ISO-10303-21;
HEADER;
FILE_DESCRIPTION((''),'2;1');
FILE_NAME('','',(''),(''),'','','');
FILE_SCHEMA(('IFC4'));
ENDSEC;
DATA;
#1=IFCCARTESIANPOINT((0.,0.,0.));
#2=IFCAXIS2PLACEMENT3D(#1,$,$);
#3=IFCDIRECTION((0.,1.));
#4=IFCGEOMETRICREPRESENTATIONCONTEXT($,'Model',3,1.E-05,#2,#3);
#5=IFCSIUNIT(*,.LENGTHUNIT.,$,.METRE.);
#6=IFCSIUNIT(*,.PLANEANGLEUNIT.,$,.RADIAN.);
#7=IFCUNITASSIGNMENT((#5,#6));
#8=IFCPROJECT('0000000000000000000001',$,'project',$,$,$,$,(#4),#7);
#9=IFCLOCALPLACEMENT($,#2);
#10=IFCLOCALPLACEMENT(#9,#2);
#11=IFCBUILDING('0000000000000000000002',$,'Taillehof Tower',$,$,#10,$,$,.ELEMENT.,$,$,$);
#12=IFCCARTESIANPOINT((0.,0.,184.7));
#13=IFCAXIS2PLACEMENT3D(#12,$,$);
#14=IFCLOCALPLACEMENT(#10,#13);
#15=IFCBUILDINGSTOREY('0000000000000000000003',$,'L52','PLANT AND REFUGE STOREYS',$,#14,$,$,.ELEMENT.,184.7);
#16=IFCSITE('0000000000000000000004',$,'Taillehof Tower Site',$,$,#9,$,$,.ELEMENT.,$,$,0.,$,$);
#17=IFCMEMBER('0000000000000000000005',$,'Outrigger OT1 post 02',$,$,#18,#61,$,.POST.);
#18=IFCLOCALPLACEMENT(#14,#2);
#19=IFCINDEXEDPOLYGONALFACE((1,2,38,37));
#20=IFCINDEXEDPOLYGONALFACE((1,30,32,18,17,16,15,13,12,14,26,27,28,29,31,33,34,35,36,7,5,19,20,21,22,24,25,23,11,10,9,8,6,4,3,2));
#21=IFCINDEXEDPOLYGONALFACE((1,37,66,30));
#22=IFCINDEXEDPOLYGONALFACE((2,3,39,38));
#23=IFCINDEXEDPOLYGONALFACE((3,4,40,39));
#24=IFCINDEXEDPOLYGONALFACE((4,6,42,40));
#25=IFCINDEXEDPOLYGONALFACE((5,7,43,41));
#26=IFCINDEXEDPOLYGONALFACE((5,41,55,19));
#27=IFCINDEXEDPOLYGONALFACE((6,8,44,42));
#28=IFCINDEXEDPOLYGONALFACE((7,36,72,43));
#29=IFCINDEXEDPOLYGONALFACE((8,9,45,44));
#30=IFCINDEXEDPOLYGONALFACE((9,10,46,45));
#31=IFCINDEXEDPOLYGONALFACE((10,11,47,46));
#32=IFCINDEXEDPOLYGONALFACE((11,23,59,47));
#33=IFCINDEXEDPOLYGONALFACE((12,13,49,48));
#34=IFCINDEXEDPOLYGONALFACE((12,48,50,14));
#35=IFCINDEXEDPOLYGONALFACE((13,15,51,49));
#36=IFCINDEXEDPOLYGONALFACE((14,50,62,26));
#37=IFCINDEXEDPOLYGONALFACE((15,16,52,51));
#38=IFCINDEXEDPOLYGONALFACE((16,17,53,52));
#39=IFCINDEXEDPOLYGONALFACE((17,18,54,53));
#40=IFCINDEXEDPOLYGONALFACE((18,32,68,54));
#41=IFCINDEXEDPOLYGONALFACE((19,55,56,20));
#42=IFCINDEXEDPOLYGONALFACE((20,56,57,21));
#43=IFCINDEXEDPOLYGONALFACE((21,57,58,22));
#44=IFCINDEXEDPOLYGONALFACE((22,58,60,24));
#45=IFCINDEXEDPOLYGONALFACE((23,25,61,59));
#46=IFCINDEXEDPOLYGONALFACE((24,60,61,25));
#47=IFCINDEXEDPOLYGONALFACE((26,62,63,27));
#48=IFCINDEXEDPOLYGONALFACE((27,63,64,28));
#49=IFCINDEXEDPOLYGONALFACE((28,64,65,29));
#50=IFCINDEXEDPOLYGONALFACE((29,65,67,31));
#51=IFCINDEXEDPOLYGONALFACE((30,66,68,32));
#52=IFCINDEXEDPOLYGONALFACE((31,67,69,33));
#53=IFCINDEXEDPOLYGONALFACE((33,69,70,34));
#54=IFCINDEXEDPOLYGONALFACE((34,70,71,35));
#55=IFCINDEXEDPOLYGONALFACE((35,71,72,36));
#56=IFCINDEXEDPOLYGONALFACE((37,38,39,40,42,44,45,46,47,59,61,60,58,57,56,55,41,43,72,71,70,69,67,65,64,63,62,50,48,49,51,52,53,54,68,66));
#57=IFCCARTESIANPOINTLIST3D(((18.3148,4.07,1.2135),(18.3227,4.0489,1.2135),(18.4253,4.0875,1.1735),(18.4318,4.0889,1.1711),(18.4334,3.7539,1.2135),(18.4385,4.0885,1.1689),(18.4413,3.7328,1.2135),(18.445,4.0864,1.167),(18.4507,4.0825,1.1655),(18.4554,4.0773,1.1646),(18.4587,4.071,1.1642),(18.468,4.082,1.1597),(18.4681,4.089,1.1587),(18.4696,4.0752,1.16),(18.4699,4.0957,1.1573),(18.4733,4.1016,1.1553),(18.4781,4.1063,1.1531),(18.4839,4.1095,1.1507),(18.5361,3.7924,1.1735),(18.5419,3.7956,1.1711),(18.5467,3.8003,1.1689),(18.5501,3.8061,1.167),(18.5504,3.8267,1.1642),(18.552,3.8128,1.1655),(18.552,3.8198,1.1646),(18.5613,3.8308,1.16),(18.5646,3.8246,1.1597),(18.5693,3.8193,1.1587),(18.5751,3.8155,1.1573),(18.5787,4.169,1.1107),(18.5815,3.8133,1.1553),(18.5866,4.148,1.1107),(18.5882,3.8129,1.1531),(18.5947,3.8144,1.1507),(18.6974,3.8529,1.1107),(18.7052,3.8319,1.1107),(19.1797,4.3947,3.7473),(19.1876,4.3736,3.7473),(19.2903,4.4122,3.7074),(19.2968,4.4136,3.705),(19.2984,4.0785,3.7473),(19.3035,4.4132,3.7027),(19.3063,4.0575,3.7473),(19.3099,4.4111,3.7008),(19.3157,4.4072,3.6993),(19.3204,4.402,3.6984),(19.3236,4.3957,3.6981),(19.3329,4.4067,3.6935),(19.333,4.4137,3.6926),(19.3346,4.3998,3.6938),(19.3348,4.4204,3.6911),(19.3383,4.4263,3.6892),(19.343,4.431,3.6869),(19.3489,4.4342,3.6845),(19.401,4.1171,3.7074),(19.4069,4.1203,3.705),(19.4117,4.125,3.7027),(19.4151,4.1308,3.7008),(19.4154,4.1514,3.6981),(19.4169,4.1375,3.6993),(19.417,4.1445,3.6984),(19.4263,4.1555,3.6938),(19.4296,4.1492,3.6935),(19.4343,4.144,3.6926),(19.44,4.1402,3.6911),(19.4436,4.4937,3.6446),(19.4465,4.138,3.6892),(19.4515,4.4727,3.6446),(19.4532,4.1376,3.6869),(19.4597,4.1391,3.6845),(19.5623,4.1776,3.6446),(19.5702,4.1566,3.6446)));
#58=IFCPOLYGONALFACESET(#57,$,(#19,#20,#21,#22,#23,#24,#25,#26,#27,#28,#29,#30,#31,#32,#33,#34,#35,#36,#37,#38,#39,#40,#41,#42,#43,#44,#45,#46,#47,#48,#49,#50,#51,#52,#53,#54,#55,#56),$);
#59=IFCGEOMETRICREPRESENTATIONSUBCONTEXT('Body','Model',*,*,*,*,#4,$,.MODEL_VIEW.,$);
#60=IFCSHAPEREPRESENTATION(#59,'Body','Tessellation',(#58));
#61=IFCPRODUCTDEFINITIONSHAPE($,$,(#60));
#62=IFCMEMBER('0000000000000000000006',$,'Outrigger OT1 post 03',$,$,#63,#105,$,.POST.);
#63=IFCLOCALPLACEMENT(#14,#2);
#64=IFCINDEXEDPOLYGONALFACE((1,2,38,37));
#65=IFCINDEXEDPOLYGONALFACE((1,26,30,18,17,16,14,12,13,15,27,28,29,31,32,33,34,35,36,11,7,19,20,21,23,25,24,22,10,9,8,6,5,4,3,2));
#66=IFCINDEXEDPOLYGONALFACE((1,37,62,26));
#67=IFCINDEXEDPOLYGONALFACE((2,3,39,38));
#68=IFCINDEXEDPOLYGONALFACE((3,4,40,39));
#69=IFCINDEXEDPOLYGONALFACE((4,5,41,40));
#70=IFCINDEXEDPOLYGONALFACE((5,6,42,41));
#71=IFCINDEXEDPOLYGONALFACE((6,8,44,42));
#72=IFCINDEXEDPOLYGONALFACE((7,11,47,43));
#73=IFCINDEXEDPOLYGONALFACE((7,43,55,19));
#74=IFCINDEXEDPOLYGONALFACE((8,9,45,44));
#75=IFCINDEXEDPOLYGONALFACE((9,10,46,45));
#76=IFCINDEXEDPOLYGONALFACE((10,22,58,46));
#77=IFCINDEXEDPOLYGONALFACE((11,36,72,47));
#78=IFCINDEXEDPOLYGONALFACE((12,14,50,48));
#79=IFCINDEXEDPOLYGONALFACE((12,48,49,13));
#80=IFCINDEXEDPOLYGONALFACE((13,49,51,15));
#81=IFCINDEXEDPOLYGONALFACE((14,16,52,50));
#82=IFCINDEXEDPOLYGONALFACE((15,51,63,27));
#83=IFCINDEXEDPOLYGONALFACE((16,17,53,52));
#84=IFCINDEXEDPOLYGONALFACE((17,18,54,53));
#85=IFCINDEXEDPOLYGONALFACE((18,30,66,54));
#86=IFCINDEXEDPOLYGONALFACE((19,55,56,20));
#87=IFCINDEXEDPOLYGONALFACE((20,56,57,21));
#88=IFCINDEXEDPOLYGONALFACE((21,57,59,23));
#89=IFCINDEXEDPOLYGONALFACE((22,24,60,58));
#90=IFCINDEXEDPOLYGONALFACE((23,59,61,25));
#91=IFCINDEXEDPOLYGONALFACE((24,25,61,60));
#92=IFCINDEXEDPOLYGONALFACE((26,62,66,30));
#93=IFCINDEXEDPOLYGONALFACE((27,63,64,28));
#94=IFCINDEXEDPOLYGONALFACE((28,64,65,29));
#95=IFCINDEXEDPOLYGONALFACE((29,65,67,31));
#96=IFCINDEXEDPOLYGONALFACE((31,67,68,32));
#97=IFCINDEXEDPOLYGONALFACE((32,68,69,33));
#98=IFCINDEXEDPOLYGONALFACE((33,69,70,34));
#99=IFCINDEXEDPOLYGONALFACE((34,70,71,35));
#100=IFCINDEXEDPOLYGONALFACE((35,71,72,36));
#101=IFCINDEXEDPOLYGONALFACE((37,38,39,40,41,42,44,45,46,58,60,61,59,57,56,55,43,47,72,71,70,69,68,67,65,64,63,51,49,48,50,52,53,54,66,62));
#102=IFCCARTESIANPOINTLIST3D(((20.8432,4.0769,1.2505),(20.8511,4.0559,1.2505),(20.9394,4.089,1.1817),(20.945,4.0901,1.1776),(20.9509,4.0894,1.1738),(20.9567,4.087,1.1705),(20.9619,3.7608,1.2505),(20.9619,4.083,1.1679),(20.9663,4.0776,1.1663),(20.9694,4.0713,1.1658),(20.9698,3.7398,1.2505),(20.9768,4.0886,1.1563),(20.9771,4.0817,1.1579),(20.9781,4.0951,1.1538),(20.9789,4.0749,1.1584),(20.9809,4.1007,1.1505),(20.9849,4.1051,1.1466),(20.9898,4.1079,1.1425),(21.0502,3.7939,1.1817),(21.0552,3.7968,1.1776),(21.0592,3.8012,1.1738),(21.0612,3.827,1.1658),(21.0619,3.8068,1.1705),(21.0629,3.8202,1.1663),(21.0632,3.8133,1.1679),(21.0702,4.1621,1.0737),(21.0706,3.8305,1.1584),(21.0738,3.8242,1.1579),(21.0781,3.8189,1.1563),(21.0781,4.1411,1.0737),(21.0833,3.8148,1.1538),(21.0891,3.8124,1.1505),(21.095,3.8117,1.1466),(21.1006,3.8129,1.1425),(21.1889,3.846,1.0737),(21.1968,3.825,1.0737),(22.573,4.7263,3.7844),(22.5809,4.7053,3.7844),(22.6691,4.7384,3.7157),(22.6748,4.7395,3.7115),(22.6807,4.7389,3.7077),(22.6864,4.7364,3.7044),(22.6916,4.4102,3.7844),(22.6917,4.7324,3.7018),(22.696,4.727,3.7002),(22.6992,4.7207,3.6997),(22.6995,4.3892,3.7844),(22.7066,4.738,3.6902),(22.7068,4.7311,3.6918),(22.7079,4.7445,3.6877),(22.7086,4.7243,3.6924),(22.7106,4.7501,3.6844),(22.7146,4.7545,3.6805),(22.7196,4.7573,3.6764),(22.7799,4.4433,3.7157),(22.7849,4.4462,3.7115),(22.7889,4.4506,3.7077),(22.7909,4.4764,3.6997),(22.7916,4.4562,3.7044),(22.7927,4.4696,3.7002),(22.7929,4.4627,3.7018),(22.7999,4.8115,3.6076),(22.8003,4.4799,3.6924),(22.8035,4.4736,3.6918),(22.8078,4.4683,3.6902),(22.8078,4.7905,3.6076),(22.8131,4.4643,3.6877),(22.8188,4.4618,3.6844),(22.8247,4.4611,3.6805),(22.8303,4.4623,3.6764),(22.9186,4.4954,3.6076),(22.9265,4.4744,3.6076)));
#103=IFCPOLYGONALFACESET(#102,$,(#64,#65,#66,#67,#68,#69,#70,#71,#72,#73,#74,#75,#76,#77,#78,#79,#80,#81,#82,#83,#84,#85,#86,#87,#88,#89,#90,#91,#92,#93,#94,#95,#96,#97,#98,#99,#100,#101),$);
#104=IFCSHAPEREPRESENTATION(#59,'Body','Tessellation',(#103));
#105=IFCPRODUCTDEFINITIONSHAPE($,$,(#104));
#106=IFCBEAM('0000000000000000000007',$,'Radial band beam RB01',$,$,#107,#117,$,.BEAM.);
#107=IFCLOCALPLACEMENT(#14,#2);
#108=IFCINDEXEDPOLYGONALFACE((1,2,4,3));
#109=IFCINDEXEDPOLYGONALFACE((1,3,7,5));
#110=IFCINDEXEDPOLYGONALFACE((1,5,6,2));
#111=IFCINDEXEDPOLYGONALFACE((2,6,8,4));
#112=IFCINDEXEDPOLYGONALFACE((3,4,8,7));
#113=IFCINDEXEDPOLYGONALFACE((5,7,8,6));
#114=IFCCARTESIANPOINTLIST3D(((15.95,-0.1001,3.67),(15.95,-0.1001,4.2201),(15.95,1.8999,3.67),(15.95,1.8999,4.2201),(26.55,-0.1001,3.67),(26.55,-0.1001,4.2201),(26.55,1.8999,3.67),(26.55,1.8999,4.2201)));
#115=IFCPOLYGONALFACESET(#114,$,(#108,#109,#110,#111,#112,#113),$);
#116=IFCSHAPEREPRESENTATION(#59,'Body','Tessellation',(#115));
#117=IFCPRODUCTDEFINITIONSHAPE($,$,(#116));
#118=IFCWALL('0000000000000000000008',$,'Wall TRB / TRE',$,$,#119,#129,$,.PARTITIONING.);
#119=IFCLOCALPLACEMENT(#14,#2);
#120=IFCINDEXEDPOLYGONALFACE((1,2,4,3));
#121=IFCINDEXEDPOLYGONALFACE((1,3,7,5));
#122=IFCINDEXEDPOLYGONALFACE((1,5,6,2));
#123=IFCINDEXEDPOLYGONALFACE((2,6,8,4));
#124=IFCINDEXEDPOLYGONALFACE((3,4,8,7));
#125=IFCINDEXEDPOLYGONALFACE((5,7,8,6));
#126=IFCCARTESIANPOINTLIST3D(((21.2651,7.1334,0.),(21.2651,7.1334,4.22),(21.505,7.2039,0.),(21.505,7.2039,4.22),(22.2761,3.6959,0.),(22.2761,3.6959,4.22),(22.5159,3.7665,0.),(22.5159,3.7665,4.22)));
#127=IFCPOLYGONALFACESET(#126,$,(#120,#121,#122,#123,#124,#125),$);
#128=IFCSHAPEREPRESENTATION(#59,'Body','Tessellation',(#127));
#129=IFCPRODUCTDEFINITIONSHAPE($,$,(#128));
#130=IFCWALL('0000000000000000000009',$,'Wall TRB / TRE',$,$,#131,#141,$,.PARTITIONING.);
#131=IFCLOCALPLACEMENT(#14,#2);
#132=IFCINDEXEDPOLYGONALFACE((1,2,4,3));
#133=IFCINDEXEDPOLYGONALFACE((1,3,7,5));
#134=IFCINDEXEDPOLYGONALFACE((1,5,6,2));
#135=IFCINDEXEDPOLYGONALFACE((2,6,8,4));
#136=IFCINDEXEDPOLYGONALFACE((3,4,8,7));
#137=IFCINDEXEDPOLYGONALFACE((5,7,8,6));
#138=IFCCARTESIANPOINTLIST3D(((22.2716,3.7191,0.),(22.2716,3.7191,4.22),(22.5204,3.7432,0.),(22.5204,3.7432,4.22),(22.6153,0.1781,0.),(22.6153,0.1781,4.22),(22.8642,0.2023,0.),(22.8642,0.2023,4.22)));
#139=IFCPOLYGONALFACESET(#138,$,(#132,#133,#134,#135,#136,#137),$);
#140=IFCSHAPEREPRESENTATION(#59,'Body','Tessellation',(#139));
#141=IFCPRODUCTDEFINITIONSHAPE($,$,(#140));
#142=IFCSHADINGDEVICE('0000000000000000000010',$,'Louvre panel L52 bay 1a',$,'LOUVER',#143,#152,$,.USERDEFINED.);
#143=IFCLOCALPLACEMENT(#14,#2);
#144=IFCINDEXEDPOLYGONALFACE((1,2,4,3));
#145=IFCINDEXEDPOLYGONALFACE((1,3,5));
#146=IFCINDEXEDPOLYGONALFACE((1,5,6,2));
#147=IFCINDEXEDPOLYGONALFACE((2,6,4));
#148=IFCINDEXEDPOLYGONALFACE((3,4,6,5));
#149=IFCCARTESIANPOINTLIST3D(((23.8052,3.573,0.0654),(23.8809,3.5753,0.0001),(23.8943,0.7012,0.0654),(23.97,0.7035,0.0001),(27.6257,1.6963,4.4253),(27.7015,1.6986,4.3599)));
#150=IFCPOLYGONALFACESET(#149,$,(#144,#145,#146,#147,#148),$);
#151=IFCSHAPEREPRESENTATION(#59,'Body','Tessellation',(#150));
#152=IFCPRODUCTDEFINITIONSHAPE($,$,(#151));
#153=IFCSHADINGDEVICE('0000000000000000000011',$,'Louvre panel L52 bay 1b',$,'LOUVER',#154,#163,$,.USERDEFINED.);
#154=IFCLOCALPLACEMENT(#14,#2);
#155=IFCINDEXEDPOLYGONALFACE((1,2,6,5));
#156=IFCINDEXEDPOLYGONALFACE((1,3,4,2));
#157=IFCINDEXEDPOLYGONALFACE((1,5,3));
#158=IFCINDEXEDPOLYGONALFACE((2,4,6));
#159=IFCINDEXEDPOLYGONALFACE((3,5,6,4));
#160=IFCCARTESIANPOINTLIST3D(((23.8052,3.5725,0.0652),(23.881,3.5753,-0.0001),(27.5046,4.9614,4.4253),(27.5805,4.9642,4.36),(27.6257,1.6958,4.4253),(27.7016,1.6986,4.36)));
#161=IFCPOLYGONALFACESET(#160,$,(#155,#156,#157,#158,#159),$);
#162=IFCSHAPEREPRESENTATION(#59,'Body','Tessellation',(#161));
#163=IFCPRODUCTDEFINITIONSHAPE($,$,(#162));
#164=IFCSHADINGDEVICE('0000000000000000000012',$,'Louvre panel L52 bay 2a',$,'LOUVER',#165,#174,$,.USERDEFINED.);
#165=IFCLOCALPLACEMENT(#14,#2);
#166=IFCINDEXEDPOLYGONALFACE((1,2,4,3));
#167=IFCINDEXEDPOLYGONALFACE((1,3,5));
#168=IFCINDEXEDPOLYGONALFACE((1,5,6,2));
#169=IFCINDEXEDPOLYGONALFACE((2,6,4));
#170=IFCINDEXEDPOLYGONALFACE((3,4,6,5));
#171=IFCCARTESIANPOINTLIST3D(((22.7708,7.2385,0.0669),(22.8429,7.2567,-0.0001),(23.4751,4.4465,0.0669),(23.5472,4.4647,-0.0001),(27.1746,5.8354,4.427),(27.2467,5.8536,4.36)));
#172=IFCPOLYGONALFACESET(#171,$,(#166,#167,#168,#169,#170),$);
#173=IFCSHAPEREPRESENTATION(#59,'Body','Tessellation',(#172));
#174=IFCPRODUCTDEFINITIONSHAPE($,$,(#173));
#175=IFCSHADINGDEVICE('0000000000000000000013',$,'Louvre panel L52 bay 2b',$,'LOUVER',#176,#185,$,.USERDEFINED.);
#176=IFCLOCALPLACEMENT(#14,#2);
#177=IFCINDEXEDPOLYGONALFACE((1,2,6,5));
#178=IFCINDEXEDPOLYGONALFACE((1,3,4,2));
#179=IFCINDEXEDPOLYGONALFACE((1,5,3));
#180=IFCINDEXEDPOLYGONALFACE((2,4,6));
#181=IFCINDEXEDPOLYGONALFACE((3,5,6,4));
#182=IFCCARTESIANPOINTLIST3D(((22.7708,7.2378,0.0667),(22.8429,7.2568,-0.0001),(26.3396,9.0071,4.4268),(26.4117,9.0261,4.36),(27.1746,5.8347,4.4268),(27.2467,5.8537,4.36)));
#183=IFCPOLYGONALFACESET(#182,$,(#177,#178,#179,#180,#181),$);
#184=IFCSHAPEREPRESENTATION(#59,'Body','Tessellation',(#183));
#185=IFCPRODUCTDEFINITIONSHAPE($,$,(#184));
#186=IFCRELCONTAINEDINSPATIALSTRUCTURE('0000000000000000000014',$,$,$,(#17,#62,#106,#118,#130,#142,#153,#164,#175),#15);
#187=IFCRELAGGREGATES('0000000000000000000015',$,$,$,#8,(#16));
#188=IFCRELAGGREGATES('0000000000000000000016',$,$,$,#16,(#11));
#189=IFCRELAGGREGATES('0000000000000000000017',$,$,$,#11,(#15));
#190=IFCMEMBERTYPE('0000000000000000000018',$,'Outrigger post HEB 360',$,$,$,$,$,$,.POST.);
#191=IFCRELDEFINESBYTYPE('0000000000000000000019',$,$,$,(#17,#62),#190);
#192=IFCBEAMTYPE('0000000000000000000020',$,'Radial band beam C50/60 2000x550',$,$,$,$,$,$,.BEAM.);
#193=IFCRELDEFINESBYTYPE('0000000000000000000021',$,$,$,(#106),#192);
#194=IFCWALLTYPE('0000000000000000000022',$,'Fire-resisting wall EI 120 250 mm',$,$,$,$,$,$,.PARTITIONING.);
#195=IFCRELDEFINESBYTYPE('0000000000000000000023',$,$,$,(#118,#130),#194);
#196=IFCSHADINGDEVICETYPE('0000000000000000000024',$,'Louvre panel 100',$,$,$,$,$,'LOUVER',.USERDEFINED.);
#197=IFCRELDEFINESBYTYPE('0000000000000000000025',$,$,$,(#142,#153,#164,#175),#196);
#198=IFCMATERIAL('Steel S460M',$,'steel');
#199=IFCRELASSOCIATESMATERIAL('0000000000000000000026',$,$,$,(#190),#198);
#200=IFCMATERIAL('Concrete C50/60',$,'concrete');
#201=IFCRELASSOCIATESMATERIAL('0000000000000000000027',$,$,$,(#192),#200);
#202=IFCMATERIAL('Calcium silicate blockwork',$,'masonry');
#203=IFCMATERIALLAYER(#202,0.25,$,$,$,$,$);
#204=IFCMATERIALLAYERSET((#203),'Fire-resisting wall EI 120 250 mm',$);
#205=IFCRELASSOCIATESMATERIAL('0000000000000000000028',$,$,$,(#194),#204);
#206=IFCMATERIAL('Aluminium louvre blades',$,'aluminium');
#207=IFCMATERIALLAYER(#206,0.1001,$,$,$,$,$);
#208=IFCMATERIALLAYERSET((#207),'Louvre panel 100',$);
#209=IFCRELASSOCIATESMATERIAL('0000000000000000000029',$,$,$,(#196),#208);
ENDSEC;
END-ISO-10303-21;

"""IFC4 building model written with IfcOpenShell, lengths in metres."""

from ifc_helpers import new_model, si_unit, direction, frame, frame_2d, origin, origin_2d, place, context, subcontext, project, spatial, polyline, rectangle, i_section, outline, extrude, material, layer, layer_set, material_profile, profile_set, type_object, element, save


model = new_model("IFC4")

# Units and contexts
model_context = context("Model", 3, precision=1e-05, world=origin(), true_north=direction((0.0, 1.0)))
body_context = subcontext(model_context, "Body", "Model", "MODEL_VIEW")
ifc_project = project(units=[si_unit("LENGTHUNIT", "METRE"), si_unit("PLANEANGLEUNIT", "RADIAN")], contexts=[model_context])

# Site, building, storey
site_placement = place(None, origin())
site = spatial("IfcSite", under=ifc_project, at=site_placement, Name="Taillehof Tower Site", CompositionType="ELEMENT", RefElevation=0.0)
building_placement = place(site_placement, origin())
building = spatial("IfcBuilding", under=site, at=building_placement, Name="Taillehof Tower", CompositionType="ELEMENT")
storey_placement = place(building_placement, frame((0.0, 0.0, 184.7)))
storey = spatial("IfcBuildingStorey", under=building, at=storey_placement, Name="L52", Description="PLANT AND REFUGE STOREYS", CompositionType="ELEMENT", Elevation=184.7)

# Members
ifc_material_1 = material(Name="Steel S460M", Category="steel")
ifc_material_profile_1 = material_profile(ifc_material_1, i_section(OverallWidth=0.3, OverallDepth=0.3601, WebThickness=0.0125, FlangeThickness=0.0225, FilletRadius=0.0271, at=origin_2d()), Name="HEB 360")
ifc_profile_set_1 = profile_set([ifc_material_profile_1], Name="Steel S460M")
member_type_1 = type_object("IfcMemberType", Name="Outrigger post HEB 360", PredefinedType="POST", material=ifc_profile_set_1)
member_1_placement = place(storey_placement, frame((18.51, 3.9509, 1.1621), z_axis=(0.320708, 0.12039, 0.939496), x_axis=(0.879565, 0.330178, -0.342561)))
element("IfcMember", 1, at=member_1_placement, inside=storey, type_object=member_type_1, Name="Outrigger OT1 post 02", PredefinedType="POST", context=body_context, shape_type="SweptSolid", body=[
    extrude(i_section(OverallWidth=0.3, OverallDepth=0.3601, WebThickness=0.0125, FlangeThickness=0.0225, FilletRadius=0.0271, at=origin_2d()), origin(), (0.0, 0.0, 1.0), 2.697),
])
member_2_placement = place(storey_placement, frame((21.02, 3.9509, 1.1621), z_axis=(0.551572, 0.207083, 0.808013), x_axis=(0.756456, 0.284005, -0.589165)))
element("IfcMember", 2, at=member_2_placement, inside=storey, type_object=member_type_1, Name="Outrigger OT1 post 03", PredefinedType="POST", context=body_context, shape_type="SweptSolid", body=[
    extrude(i_section(OverallWidth=0.3, OverallDepth=0.3601, WebThickness=0.0125, FlangeThickness=0.0225, FilletRadius=0.0271, at=origin_2d()), origin(), (0.0, 0.0, 1.0), 3.136),
])

# Beam
ifc_material_2 = material(Name="Concrete C50/60", Category="concrete")
ifc_material_profile_2 = material_profile(ifc_material_2, rectangle(XDim=2.0, YDim=0.55, at=origin_2d()), Name="RC 2000x550")
ifc_profile_set_2 = profile_set([ifc_material_profile_2], Name="Concrete C50/60")
beam_type = type_object("IfcBeamType", Name="Radial band beam C50/60 2000x550", PredefinedType="BEAM", material=ifc_profile_set_2)
beam_placement = place(storey_placement, frame((26.55, 0.8999, 3.9451), z_axis=(-1.0, 0.0, 0.0), x_axis=(0.0, -1.0, 0.0)))
element("IfcBeam", 3, at=beam_placement, inside=storey, type_object=beam_type, Name="Radial band beam RB01", PredefinedType="BEAM", context=body_context, shape_type="SweptSolid", body=[
    extrude(rectangle(XDim=2.0, YDim=0.55, at=origin_2d()), origin(), (0.0, 0.0, 1.0), 10.6001),
])

# Walls
ifc_material_3 = material(Name="Calcium silicate blockwork", Category="masonry")
ifc_layer_1 = layer(ifc_material_3, 0.25)
ifc_layer_set_1 = layer_set([ifc_layer_1], Name="Fire-resisting wall EI 120 250 mm")
wall_type = type_object("IfcWallType", Name="Fire-resisting wall EI 120 250 mm", PredefinedType="PARTITIONING", material=ifc_layer_set_1)
wall_1_placement = place(storey_placement, frame((22.396, 3.7312, 0.0), z_axis=(0.0, 0.0, 1.0), x_axis=(-0.282155, 0.959369, 0.0)))
element("IfcWall", 4, at=wall_1_placement, inside=storey, type_object=wall_type, Name="Wall TRB / TRE", PredefinedType="PARTITIONING", context=body_context, shape_type="SweptSolid", body=[
    extrude(rectangle(XDim=3.583, YDim=0.25, at=frame_2d((1.7915, 0.0))), origin(), (0.0, 0.0, 1.0), 4.22),
])
wall_2_placement = place(storey_placement, frame((22.7397, 0.1902, 0.0), z_axis=(0.0, 0.0, 1.0), x_axis=(-0.096622, 0.995321, 0.0)))
element("IfcWall", 5, at=wall_2_placement, inside=storey, type_object=wall_type, Name="Wall TRB / TRE", PredefinedType="PARTITIONING", context=body_context, shape_type="SweptSolid", body=[
    extrude(rectangle(XDim=3.5576, YDim=0.25, at=frame_2d((1.7788, 0.0))), origin(), (0.0, 0.0, 1.0), 4.22),
])

# Shading devices
ifc_material_4 = material(Name="Aluminium louvre blades", Category="aluminium")
ifc_layer_2 = layer(ifc_material_4, 0.1001)
ifc_layer_set_2 = layer_set([ifc_layer_2], Name="Louvre panel 100")
shading_device_type = type_object("IfcShadingDeviceType", Name="Louvre panel 100", ElementType="LOUVER", PredefinedType="USERDEFINED", material=ifc_layer_set_2)
shading_device_1_placement = place(storey_placement, frame((23.8943, 0.7012, 0.0654), z_axis=(-0.756873, -0.023485, 0.65314), x_axis=(-0.031015, 0.999519, 0.0)))
element("IfcShadingDevice", 6, at=shading_device_1_placement, inside=storey, type_object=shading_device_type, Name="Louvre panel L52 bay 1a", ObjectType="LOUVER", PredefinedType="USERDEFINED", context=body_context, shape_type="SweptSolid", body=[
    extrude(outline(polyline([(0.0, 0.0), (2.8732, 0.0), (0.8789, -5.7576), (0.0, 0.0)])), origin(), (0.0, 0.0, -1.0), 0.1001),
])
shading_device_2_placement = place(storey_placement, frame((23.8052, 3.5725, 0.0652), z_axis=(-0.757776, -0.028099, 0.651909), x_axis=(0.628695, 0.236035, 0.740966)))
element("IfcShadingDevice", 7, at=shading_device_2_placement, inside=storey, type_object=shading_device_type, Name="Louvre panel L52 bay 1b", ObjectType="LOUVER", PredefinedType="USERDEFINED", context=body_context, shape_type="SweptSolid", body=[
    extrude(outline(polyline([(0.0, 0.0), (5.8844, 0.0), (5.1897, -3.1932), (0.0, 0.0)])), origin(), (0.0, 0.0, -1.0), 0.1001),
])
shading_device_3_placement = place(storey_placement, frame((23.4751, 4.4465, 0.0669), z_axis=(-0.72049, -0.181761, 0.669221), x_axis=(-0.24461, 0.969622, 0.0)))
element("IfcShadingDevice", 8, at=shading_device_3_placement, inside=storey, type_object=shading_device_type, Name="Louvre panel L52 bay 2a", ObjectType="LOUVER", PredefinedType="USERDEFINED", context=body_context, shape_type="SweptSolid", body=[
    extrude(outline(polyline([(0.0, 0.0), (2.8795, 0.0), (0.4418, -5.8677), (0.0, 0.0)])), origin(), (0.0, 0.0, -1.0), 0.1001),
])
shading_device_4_placement = place(storey_placement, frame((22.7708, 7.2378, 0.0667), z_axis=(-0.720656, -0.189676, 0.666842), x_axis=(0.604303, 0.299588, 0.738285)))
element("IfcShadingDevice", 9, at=shading_device_4_placement, inside=storey, type_object=shading_device_type, Name="Louvre panel L52 bay 2b", ObjectType="LOUVER", PredefinedType="USERDEFINED", context=body_context, shape_type="SweptSolid", body=[
    extrude(outline(polyline([(0.0, 0.0), (5.9057, 0.0), (5.4599, -3.25), (0.0, 0.0)])), origin(), (0.0, 0.0, -1.0), 0.1001),
])

save(model, "model.ifc")
